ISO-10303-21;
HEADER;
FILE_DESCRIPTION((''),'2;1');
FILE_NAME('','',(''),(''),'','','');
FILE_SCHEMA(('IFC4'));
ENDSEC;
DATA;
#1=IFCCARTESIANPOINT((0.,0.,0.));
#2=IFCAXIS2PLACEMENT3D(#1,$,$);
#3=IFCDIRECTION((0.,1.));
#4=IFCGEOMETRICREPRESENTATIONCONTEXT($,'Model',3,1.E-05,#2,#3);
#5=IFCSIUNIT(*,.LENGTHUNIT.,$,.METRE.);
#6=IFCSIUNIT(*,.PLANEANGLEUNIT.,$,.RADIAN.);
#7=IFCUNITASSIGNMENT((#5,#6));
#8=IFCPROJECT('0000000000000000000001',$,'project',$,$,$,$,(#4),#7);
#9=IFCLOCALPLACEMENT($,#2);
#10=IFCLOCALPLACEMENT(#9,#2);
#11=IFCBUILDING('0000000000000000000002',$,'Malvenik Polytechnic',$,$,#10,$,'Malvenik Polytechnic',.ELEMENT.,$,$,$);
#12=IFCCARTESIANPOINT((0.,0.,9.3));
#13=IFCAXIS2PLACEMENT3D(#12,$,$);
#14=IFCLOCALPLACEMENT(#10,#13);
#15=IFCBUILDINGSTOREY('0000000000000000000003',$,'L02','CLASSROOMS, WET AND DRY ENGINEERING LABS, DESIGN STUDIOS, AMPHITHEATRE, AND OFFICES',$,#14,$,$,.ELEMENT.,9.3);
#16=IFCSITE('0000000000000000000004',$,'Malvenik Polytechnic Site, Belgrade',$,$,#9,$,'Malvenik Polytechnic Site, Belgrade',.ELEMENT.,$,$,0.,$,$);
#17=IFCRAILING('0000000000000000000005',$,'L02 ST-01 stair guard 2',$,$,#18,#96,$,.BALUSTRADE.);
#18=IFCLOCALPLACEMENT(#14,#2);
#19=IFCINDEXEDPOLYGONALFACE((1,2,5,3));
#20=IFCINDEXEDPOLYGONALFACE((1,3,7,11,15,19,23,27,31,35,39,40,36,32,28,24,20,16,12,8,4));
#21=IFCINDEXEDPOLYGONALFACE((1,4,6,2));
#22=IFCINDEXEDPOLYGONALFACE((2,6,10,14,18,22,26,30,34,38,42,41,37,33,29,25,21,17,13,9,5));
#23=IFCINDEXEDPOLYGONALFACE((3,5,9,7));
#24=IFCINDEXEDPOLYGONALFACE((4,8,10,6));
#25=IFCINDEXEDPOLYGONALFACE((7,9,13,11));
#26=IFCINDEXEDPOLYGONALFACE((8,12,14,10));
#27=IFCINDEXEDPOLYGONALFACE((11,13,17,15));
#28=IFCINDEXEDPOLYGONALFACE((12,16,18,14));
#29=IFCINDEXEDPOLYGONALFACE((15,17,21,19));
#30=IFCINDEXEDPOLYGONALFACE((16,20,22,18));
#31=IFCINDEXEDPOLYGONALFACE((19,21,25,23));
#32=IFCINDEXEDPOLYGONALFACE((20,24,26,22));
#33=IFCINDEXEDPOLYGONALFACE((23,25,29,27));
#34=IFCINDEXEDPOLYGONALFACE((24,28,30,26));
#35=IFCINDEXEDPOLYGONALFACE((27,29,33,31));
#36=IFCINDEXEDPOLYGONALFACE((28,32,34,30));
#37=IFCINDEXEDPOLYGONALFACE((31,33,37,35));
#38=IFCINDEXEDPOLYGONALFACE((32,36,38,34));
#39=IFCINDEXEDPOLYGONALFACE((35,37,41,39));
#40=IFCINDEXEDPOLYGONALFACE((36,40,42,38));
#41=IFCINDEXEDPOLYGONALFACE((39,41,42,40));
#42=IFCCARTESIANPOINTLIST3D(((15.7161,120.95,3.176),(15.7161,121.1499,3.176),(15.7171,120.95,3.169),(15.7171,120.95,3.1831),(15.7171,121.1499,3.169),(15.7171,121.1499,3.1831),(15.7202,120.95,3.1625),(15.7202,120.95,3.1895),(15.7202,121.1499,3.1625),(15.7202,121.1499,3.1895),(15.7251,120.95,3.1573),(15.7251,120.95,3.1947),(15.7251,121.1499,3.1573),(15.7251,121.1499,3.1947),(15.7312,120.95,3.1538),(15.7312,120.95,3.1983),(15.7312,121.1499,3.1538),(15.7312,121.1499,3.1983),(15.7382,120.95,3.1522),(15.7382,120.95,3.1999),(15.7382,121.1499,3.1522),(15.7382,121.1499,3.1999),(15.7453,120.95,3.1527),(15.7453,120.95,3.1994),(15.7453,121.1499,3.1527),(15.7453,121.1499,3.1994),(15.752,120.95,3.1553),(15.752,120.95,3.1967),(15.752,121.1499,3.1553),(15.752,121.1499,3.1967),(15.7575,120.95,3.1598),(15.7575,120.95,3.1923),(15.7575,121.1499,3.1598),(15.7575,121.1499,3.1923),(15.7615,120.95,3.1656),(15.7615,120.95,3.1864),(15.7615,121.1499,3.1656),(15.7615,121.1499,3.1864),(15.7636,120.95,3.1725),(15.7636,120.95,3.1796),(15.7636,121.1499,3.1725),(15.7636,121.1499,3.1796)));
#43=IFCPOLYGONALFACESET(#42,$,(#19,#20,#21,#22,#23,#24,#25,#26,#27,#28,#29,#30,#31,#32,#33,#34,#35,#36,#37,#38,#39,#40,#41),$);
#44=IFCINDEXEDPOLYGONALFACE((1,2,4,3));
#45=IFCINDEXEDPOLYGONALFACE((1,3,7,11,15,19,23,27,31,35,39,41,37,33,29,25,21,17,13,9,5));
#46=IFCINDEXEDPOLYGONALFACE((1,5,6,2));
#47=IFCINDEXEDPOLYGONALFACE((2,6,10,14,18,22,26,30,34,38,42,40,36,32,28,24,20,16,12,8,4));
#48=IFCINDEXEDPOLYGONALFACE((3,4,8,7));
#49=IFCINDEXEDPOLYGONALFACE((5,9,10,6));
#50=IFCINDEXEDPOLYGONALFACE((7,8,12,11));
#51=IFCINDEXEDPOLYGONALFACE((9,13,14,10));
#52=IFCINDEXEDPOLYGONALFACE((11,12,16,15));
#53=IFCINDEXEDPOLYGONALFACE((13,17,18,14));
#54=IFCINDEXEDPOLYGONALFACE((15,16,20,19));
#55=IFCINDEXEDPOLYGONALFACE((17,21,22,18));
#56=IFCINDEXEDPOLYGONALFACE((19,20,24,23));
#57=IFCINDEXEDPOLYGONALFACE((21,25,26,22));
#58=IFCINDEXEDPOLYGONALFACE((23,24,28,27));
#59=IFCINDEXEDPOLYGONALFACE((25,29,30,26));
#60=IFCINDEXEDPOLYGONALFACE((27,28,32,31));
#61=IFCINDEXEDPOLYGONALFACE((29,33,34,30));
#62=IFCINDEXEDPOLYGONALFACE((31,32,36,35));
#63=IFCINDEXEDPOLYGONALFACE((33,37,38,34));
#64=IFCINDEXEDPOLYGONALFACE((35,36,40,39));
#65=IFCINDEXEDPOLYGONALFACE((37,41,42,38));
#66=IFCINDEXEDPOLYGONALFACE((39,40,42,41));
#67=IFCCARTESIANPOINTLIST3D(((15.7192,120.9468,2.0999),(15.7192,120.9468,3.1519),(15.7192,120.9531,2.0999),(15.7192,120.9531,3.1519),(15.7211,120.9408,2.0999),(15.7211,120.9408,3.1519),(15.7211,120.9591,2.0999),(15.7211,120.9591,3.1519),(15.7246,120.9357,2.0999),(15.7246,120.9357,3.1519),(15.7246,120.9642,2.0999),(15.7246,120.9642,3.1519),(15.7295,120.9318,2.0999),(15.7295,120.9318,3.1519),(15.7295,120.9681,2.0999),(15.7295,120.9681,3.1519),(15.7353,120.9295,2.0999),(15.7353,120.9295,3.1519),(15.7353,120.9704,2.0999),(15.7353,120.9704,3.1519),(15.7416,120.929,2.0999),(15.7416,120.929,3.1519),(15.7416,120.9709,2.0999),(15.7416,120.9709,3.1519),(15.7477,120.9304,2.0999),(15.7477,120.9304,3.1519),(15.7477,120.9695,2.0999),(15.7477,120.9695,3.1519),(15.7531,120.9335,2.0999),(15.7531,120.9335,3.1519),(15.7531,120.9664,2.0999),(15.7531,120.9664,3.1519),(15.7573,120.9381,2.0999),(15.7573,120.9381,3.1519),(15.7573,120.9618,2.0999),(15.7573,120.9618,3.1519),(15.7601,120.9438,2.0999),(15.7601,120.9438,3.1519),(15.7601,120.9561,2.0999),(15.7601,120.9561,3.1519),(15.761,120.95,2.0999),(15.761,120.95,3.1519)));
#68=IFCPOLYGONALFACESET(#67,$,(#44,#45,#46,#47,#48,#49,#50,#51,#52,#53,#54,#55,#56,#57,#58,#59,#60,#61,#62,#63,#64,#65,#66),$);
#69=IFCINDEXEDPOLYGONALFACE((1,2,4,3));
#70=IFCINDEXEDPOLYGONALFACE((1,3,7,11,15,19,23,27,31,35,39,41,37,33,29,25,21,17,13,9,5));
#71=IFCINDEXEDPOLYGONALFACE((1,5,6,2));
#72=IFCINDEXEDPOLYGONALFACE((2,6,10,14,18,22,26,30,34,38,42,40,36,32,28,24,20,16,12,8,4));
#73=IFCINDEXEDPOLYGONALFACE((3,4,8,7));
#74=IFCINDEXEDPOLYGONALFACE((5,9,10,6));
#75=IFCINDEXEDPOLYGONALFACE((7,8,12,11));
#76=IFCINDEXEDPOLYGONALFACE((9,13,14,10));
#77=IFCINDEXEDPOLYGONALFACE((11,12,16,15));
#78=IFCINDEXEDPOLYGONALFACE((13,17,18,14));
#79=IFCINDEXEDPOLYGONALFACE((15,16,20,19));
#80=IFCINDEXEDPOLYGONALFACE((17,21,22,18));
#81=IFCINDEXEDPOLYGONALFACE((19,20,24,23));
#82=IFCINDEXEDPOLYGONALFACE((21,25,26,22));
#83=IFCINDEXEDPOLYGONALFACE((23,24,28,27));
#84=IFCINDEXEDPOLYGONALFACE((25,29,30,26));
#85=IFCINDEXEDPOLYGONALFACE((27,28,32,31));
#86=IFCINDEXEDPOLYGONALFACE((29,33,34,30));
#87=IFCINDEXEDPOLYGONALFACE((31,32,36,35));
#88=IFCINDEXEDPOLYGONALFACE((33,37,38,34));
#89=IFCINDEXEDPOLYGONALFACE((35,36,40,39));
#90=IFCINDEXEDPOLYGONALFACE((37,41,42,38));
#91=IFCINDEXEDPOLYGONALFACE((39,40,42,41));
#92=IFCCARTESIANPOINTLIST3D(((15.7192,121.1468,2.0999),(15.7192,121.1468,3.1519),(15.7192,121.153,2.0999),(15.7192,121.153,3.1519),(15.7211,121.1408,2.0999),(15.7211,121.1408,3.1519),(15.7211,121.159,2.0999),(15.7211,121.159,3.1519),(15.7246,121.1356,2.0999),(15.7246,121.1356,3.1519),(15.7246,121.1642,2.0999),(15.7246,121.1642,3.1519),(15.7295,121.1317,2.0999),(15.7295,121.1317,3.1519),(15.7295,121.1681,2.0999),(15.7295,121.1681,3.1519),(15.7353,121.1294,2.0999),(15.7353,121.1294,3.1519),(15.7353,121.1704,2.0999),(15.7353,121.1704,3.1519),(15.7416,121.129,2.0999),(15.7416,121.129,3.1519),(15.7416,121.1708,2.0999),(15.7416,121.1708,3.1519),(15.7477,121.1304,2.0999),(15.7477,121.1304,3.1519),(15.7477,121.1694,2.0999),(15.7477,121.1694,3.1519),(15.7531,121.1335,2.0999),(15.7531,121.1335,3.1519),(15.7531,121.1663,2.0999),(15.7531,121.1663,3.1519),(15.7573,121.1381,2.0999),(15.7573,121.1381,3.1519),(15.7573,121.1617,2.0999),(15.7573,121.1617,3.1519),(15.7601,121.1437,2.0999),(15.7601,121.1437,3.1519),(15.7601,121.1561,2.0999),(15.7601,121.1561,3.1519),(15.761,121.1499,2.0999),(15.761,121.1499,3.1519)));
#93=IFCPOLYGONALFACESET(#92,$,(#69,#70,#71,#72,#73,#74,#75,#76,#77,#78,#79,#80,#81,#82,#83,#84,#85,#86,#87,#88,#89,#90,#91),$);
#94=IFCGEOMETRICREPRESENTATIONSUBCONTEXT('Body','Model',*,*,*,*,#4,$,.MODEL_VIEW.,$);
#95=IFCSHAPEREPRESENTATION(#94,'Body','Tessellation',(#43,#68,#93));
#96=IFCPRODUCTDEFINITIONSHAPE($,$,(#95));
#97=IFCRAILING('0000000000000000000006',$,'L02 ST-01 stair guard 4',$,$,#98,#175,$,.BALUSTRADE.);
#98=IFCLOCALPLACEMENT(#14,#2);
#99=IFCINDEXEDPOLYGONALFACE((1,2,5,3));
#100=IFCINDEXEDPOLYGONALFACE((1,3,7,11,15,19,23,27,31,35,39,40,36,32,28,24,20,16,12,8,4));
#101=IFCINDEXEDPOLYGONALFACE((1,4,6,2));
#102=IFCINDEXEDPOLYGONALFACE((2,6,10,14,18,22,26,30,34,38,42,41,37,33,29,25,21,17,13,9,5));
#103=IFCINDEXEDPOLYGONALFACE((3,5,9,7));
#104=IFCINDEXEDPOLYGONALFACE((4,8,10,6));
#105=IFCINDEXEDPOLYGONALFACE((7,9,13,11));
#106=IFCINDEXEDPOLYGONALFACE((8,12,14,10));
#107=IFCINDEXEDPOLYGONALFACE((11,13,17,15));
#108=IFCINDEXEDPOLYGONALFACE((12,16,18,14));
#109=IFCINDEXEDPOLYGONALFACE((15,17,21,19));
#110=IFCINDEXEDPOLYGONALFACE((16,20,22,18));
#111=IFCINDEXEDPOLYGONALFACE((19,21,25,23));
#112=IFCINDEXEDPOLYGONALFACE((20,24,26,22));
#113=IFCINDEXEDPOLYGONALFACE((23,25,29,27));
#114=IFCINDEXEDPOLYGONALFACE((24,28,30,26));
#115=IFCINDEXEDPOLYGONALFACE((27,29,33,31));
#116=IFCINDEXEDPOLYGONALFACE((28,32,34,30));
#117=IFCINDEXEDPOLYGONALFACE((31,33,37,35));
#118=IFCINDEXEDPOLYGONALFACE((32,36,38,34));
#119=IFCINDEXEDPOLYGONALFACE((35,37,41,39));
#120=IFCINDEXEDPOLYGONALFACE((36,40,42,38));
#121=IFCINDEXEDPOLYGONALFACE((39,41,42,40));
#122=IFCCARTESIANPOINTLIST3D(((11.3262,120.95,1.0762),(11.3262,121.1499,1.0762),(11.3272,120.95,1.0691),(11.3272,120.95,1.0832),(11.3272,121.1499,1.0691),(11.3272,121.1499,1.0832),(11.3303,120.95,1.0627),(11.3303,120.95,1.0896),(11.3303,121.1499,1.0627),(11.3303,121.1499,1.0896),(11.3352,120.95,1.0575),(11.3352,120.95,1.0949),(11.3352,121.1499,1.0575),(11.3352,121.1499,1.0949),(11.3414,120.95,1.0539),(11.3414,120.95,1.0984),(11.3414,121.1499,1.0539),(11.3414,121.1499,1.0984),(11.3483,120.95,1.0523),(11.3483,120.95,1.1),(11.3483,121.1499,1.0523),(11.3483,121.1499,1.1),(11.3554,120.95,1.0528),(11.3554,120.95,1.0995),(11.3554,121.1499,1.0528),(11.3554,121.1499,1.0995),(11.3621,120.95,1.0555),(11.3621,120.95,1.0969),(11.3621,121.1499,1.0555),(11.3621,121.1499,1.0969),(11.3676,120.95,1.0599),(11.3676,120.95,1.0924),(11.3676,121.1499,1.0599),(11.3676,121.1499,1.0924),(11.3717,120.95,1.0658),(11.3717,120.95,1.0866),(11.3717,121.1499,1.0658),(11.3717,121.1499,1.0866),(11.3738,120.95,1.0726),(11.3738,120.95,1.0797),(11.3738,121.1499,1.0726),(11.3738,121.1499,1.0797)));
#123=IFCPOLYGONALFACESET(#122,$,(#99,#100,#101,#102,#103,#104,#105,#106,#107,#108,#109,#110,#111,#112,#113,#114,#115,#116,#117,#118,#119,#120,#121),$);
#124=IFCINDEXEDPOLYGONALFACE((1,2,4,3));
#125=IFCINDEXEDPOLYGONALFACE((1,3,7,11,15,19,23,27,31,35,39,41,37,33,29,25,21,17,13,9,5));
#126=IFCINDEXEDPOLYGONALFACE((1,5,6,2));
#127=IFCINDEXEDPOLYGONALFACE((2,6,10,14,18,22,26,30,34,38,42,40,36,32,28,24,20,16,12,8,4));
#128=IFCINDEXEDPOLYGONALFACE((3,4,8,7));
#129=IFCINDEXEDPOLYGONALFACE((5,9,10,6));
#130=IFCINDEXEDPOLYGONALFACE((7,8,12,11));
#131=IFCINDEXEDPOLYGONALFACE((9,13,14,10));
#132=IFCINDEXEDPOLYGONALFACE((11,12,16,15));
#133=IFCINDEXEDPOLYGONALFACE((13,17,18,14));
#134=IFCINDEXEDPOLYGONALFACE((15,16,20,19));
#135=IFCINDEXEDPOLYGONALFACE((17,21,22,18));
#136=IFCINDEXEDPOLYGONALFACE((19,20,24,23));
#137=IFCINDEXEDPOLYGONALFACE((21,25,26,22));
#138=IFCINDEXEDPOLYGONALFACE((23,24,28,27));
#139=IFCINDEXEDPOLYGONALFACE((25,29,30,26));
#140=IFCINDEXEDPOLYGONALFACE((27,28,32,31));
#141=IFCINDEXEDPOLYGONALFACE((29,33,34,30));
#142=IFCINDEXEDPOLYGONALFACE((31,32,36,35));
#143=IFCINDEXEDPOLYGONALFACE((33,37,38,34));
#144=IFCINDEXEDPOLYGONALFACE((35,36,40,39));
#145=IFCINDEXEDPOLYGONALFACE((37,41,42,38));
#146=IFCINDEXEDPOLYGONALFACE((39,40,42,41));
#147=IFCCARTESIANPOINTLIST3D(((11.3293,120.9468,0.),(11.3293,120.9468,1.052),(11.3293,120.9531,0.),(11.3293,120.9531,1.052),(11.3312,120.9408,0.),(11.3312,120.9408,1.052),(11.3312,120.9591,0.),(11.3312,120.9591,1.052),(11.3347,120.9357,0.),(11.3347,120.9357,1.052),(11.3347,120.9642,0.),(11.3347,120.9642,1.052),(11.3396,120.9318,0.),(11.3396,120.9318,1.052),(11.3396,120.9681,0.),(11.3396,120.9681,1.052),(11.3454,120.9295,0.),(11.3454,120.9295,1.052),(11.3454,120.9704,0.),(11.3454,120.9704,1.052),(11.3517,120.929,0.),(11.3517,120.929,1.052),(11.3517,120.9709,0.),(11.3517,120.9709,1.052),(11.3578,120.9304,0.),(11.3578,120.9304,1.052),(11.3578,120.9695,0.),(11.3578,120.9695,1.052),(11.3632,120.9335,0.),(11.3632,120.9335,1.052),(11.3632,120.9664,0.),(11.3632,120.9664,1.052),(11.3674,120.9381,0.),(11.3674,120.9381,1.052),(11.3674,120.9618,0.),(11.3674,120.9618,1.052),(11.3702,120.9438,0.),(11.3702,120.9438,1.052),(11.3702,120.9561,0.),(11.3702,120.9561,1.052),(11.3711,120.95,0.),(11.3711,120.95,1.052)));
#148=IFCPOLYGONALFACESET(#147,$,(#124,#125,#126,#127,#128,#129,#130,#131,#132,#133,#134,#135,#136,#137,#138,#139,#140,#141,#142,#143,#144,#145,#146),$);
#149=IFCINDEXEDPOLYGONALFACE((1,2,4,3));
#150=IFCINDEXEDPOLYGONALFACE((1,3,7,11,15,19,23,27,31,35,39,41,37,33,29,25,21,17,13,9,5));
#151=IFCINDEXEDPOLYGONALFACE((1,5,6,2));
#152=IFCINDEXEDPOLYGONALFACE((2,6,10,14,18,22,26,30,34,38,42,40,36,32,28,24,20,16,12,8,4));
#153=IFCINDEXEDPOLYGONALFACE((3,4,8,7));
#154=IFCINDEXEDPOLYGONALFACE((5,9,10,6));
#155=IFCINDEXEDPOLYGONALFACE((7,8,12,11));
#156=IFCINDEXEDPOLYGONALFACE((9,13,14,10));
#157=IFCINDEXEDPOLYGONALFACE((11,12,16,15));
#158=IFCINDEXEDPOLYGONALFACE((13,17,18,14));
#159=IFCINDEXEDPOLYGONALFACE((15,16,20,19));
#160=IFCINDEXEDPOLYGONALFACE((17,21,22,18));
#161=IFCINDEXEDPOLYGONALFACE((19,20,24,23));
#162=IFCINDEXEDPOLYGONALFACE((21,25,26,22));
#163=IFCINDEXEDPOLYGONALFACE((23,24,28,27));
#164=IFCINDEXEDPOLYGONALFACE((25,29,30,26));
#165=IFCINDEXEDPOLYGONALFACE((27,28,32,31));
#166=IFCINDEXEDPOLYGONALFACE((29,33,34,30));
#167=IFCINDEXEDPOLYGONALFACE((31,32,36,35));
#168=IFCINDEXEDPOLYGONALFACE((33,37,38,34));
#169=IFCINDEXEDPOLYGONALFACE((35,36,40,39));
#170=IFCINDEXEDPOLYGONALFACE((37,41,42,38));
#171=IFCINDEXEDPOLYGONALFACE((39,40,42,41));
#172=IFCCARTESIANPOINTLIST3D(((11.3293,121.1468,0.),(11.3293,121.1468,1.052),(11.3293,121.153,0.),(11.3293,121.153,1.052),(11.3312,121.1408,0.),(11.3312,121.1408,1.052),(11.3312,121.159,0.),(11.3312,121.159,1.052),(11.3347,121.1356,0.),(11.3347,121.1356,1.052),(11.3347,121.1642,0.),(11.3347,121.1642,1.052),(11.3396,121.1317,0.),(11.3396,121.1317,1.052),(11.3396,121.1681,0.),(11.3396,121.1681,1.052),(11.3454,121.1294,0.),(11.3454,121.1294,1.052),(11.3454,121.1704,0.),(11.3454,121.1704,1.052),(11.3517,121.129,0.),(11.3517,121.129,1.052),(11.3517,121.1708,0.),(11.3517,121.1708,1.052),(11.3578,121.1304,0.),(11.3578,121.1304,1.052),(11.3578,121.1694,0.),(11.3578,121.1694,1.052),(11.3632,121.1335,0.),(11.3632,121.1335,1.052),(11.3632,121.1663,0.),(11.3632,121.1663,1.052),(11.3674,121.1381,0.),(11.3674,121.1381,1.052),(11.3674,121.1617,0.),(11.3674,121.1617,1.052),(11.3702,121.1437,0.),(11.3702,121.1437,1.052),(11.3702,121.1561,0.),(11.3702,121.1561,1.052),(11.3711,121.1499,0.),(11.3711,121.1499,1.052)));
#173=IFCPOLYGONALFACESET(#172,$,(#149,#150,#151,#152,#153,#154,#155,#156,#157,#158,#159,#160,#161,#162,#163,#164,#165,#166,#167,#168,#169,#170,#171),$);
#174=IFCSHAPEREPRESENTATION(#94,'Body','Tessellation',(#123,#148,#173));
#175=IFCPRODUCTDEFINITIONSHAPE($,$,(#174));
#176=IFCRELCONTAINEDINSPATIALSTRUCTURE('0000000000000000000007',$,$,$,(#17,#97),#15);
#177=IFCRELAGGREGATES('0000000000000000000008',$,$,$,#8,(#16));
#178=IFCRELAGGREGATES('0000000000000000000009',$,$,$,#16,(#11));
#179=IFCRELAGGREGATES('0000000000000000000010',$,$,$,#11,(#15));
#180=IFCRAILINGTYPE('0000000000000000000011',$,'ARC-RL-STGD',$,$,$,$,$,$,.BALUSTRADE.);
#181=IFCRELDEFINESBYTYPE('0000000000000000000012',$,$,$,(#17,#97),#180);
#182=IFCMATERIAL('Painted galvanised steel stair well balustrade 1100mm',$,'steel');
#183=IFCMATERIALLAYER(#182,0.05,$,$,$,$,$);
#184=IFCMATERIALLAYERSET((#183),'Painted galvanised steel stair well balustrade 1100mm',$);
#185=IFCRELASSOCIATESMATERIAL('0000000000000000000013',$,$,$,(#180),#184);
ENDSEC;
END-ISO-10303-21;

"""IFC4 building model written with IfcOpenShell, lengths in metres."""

from ifc_helpers import new_model, si_unit, direction, frame, origin, origin_2d, place, context, subcontext, project, spatial, circle, extrude, material, layer, layer_set, type_object, element, save


model = new_model("IFC4")

# Units and contexts
model_context = context("Model", 3, precision=1e-05, world=origin(), true_north=direction((0.0, 1.0)))
body_context = subcontext(model_context, "Body", "Model", "MODEL_VIEW")
ifc_project = project(units=[si_unit("LENGTHUNIT", "METRE"), si_unit("PLANEANGLEUNIT", "RADIAN")], contexts=[model_context])

# Site, building, storey
site_placement = place(None, origin())
site = spatial("IfcSite", under=ifc_project, at=site_placement, Name="Malvenik Polytechnic Site, Belgrade", LongName="Malvenik Polytechnic Site, Belgrade", CompositionType="ELEMENT", RefElevation=0.0)
building_placement = place(site_placement, origin())
building = spatial("IfcBuilding", under=site, at=building_placement, Name="Malvenik Polytechnic", LongName="Malvenik Polytechnic", CompositionType="ELEMENT")
storey_placement = place(building_placement, frame((0.0, 0.0, 9.3)))
storey = spatial("IfcBuildingStorey", under=building, at=storey_placement, Name="L02", Description="CLASSROOMS, WET AND DRY ENGINEERING LABS, DESIGN STUDIOS, AMPHITHEATRE, AND OFFICES", CompositionType="ELEMENT", Elevation=9.3)

# Railings
ifc_material_1 = material(Name="Painted galvanised steel stair well balustrade 1100mm", Category="steel")
ifc_layer_1 = layer(ifc_material_1, 0.05)
ifc_layer_set_1 = layer_set([ifc_layer_1], Name="Painted galvanised steel stair well balustrade 1100mm")
railing_type_1 = type_object("IfcRailingType", Name="ARC-RL-STGD", PredefinedType="BALUSTRADE", material=ifc_layer_set_1)
for number, where, name in (
    (1, (15.74, 120.95, 2.0999), "L02 ST-01 stair guard 2"),
    (2, (11.3501, 120.95, 0.0), "L02 ST-01 stair guard 4"),
):
    element("IfcRailing", number, at=place(storey_placement, frame(where)), inside=storey, type_object=railing_type_1, Name=name, PredefinedType="BALUSTRADE", context=body_context, shape_type="SweptSolid", body=[
        extrude(circle(Radius=0.0239, at=origin_2d()), frame((0.0, 0.0, 1.0762), z_axis=(0.0, 1.0, 0.0), x_axis=(-1.0, 0.0, 0.0)), (0.0, 0.0, 1.0), 0.2),
        extrude(circle(Radius=0.021, at=origin_2d()), origin(), (0.0, 0.0, 1.0), 1.052),
        extrude(circle(Radius=0.021, at=origin_2d()), frame((0.0, 0.2, 0.0)), (0.0, 0.0, 1.0), 1.052),
    ])

save(model, "model.ifc")
